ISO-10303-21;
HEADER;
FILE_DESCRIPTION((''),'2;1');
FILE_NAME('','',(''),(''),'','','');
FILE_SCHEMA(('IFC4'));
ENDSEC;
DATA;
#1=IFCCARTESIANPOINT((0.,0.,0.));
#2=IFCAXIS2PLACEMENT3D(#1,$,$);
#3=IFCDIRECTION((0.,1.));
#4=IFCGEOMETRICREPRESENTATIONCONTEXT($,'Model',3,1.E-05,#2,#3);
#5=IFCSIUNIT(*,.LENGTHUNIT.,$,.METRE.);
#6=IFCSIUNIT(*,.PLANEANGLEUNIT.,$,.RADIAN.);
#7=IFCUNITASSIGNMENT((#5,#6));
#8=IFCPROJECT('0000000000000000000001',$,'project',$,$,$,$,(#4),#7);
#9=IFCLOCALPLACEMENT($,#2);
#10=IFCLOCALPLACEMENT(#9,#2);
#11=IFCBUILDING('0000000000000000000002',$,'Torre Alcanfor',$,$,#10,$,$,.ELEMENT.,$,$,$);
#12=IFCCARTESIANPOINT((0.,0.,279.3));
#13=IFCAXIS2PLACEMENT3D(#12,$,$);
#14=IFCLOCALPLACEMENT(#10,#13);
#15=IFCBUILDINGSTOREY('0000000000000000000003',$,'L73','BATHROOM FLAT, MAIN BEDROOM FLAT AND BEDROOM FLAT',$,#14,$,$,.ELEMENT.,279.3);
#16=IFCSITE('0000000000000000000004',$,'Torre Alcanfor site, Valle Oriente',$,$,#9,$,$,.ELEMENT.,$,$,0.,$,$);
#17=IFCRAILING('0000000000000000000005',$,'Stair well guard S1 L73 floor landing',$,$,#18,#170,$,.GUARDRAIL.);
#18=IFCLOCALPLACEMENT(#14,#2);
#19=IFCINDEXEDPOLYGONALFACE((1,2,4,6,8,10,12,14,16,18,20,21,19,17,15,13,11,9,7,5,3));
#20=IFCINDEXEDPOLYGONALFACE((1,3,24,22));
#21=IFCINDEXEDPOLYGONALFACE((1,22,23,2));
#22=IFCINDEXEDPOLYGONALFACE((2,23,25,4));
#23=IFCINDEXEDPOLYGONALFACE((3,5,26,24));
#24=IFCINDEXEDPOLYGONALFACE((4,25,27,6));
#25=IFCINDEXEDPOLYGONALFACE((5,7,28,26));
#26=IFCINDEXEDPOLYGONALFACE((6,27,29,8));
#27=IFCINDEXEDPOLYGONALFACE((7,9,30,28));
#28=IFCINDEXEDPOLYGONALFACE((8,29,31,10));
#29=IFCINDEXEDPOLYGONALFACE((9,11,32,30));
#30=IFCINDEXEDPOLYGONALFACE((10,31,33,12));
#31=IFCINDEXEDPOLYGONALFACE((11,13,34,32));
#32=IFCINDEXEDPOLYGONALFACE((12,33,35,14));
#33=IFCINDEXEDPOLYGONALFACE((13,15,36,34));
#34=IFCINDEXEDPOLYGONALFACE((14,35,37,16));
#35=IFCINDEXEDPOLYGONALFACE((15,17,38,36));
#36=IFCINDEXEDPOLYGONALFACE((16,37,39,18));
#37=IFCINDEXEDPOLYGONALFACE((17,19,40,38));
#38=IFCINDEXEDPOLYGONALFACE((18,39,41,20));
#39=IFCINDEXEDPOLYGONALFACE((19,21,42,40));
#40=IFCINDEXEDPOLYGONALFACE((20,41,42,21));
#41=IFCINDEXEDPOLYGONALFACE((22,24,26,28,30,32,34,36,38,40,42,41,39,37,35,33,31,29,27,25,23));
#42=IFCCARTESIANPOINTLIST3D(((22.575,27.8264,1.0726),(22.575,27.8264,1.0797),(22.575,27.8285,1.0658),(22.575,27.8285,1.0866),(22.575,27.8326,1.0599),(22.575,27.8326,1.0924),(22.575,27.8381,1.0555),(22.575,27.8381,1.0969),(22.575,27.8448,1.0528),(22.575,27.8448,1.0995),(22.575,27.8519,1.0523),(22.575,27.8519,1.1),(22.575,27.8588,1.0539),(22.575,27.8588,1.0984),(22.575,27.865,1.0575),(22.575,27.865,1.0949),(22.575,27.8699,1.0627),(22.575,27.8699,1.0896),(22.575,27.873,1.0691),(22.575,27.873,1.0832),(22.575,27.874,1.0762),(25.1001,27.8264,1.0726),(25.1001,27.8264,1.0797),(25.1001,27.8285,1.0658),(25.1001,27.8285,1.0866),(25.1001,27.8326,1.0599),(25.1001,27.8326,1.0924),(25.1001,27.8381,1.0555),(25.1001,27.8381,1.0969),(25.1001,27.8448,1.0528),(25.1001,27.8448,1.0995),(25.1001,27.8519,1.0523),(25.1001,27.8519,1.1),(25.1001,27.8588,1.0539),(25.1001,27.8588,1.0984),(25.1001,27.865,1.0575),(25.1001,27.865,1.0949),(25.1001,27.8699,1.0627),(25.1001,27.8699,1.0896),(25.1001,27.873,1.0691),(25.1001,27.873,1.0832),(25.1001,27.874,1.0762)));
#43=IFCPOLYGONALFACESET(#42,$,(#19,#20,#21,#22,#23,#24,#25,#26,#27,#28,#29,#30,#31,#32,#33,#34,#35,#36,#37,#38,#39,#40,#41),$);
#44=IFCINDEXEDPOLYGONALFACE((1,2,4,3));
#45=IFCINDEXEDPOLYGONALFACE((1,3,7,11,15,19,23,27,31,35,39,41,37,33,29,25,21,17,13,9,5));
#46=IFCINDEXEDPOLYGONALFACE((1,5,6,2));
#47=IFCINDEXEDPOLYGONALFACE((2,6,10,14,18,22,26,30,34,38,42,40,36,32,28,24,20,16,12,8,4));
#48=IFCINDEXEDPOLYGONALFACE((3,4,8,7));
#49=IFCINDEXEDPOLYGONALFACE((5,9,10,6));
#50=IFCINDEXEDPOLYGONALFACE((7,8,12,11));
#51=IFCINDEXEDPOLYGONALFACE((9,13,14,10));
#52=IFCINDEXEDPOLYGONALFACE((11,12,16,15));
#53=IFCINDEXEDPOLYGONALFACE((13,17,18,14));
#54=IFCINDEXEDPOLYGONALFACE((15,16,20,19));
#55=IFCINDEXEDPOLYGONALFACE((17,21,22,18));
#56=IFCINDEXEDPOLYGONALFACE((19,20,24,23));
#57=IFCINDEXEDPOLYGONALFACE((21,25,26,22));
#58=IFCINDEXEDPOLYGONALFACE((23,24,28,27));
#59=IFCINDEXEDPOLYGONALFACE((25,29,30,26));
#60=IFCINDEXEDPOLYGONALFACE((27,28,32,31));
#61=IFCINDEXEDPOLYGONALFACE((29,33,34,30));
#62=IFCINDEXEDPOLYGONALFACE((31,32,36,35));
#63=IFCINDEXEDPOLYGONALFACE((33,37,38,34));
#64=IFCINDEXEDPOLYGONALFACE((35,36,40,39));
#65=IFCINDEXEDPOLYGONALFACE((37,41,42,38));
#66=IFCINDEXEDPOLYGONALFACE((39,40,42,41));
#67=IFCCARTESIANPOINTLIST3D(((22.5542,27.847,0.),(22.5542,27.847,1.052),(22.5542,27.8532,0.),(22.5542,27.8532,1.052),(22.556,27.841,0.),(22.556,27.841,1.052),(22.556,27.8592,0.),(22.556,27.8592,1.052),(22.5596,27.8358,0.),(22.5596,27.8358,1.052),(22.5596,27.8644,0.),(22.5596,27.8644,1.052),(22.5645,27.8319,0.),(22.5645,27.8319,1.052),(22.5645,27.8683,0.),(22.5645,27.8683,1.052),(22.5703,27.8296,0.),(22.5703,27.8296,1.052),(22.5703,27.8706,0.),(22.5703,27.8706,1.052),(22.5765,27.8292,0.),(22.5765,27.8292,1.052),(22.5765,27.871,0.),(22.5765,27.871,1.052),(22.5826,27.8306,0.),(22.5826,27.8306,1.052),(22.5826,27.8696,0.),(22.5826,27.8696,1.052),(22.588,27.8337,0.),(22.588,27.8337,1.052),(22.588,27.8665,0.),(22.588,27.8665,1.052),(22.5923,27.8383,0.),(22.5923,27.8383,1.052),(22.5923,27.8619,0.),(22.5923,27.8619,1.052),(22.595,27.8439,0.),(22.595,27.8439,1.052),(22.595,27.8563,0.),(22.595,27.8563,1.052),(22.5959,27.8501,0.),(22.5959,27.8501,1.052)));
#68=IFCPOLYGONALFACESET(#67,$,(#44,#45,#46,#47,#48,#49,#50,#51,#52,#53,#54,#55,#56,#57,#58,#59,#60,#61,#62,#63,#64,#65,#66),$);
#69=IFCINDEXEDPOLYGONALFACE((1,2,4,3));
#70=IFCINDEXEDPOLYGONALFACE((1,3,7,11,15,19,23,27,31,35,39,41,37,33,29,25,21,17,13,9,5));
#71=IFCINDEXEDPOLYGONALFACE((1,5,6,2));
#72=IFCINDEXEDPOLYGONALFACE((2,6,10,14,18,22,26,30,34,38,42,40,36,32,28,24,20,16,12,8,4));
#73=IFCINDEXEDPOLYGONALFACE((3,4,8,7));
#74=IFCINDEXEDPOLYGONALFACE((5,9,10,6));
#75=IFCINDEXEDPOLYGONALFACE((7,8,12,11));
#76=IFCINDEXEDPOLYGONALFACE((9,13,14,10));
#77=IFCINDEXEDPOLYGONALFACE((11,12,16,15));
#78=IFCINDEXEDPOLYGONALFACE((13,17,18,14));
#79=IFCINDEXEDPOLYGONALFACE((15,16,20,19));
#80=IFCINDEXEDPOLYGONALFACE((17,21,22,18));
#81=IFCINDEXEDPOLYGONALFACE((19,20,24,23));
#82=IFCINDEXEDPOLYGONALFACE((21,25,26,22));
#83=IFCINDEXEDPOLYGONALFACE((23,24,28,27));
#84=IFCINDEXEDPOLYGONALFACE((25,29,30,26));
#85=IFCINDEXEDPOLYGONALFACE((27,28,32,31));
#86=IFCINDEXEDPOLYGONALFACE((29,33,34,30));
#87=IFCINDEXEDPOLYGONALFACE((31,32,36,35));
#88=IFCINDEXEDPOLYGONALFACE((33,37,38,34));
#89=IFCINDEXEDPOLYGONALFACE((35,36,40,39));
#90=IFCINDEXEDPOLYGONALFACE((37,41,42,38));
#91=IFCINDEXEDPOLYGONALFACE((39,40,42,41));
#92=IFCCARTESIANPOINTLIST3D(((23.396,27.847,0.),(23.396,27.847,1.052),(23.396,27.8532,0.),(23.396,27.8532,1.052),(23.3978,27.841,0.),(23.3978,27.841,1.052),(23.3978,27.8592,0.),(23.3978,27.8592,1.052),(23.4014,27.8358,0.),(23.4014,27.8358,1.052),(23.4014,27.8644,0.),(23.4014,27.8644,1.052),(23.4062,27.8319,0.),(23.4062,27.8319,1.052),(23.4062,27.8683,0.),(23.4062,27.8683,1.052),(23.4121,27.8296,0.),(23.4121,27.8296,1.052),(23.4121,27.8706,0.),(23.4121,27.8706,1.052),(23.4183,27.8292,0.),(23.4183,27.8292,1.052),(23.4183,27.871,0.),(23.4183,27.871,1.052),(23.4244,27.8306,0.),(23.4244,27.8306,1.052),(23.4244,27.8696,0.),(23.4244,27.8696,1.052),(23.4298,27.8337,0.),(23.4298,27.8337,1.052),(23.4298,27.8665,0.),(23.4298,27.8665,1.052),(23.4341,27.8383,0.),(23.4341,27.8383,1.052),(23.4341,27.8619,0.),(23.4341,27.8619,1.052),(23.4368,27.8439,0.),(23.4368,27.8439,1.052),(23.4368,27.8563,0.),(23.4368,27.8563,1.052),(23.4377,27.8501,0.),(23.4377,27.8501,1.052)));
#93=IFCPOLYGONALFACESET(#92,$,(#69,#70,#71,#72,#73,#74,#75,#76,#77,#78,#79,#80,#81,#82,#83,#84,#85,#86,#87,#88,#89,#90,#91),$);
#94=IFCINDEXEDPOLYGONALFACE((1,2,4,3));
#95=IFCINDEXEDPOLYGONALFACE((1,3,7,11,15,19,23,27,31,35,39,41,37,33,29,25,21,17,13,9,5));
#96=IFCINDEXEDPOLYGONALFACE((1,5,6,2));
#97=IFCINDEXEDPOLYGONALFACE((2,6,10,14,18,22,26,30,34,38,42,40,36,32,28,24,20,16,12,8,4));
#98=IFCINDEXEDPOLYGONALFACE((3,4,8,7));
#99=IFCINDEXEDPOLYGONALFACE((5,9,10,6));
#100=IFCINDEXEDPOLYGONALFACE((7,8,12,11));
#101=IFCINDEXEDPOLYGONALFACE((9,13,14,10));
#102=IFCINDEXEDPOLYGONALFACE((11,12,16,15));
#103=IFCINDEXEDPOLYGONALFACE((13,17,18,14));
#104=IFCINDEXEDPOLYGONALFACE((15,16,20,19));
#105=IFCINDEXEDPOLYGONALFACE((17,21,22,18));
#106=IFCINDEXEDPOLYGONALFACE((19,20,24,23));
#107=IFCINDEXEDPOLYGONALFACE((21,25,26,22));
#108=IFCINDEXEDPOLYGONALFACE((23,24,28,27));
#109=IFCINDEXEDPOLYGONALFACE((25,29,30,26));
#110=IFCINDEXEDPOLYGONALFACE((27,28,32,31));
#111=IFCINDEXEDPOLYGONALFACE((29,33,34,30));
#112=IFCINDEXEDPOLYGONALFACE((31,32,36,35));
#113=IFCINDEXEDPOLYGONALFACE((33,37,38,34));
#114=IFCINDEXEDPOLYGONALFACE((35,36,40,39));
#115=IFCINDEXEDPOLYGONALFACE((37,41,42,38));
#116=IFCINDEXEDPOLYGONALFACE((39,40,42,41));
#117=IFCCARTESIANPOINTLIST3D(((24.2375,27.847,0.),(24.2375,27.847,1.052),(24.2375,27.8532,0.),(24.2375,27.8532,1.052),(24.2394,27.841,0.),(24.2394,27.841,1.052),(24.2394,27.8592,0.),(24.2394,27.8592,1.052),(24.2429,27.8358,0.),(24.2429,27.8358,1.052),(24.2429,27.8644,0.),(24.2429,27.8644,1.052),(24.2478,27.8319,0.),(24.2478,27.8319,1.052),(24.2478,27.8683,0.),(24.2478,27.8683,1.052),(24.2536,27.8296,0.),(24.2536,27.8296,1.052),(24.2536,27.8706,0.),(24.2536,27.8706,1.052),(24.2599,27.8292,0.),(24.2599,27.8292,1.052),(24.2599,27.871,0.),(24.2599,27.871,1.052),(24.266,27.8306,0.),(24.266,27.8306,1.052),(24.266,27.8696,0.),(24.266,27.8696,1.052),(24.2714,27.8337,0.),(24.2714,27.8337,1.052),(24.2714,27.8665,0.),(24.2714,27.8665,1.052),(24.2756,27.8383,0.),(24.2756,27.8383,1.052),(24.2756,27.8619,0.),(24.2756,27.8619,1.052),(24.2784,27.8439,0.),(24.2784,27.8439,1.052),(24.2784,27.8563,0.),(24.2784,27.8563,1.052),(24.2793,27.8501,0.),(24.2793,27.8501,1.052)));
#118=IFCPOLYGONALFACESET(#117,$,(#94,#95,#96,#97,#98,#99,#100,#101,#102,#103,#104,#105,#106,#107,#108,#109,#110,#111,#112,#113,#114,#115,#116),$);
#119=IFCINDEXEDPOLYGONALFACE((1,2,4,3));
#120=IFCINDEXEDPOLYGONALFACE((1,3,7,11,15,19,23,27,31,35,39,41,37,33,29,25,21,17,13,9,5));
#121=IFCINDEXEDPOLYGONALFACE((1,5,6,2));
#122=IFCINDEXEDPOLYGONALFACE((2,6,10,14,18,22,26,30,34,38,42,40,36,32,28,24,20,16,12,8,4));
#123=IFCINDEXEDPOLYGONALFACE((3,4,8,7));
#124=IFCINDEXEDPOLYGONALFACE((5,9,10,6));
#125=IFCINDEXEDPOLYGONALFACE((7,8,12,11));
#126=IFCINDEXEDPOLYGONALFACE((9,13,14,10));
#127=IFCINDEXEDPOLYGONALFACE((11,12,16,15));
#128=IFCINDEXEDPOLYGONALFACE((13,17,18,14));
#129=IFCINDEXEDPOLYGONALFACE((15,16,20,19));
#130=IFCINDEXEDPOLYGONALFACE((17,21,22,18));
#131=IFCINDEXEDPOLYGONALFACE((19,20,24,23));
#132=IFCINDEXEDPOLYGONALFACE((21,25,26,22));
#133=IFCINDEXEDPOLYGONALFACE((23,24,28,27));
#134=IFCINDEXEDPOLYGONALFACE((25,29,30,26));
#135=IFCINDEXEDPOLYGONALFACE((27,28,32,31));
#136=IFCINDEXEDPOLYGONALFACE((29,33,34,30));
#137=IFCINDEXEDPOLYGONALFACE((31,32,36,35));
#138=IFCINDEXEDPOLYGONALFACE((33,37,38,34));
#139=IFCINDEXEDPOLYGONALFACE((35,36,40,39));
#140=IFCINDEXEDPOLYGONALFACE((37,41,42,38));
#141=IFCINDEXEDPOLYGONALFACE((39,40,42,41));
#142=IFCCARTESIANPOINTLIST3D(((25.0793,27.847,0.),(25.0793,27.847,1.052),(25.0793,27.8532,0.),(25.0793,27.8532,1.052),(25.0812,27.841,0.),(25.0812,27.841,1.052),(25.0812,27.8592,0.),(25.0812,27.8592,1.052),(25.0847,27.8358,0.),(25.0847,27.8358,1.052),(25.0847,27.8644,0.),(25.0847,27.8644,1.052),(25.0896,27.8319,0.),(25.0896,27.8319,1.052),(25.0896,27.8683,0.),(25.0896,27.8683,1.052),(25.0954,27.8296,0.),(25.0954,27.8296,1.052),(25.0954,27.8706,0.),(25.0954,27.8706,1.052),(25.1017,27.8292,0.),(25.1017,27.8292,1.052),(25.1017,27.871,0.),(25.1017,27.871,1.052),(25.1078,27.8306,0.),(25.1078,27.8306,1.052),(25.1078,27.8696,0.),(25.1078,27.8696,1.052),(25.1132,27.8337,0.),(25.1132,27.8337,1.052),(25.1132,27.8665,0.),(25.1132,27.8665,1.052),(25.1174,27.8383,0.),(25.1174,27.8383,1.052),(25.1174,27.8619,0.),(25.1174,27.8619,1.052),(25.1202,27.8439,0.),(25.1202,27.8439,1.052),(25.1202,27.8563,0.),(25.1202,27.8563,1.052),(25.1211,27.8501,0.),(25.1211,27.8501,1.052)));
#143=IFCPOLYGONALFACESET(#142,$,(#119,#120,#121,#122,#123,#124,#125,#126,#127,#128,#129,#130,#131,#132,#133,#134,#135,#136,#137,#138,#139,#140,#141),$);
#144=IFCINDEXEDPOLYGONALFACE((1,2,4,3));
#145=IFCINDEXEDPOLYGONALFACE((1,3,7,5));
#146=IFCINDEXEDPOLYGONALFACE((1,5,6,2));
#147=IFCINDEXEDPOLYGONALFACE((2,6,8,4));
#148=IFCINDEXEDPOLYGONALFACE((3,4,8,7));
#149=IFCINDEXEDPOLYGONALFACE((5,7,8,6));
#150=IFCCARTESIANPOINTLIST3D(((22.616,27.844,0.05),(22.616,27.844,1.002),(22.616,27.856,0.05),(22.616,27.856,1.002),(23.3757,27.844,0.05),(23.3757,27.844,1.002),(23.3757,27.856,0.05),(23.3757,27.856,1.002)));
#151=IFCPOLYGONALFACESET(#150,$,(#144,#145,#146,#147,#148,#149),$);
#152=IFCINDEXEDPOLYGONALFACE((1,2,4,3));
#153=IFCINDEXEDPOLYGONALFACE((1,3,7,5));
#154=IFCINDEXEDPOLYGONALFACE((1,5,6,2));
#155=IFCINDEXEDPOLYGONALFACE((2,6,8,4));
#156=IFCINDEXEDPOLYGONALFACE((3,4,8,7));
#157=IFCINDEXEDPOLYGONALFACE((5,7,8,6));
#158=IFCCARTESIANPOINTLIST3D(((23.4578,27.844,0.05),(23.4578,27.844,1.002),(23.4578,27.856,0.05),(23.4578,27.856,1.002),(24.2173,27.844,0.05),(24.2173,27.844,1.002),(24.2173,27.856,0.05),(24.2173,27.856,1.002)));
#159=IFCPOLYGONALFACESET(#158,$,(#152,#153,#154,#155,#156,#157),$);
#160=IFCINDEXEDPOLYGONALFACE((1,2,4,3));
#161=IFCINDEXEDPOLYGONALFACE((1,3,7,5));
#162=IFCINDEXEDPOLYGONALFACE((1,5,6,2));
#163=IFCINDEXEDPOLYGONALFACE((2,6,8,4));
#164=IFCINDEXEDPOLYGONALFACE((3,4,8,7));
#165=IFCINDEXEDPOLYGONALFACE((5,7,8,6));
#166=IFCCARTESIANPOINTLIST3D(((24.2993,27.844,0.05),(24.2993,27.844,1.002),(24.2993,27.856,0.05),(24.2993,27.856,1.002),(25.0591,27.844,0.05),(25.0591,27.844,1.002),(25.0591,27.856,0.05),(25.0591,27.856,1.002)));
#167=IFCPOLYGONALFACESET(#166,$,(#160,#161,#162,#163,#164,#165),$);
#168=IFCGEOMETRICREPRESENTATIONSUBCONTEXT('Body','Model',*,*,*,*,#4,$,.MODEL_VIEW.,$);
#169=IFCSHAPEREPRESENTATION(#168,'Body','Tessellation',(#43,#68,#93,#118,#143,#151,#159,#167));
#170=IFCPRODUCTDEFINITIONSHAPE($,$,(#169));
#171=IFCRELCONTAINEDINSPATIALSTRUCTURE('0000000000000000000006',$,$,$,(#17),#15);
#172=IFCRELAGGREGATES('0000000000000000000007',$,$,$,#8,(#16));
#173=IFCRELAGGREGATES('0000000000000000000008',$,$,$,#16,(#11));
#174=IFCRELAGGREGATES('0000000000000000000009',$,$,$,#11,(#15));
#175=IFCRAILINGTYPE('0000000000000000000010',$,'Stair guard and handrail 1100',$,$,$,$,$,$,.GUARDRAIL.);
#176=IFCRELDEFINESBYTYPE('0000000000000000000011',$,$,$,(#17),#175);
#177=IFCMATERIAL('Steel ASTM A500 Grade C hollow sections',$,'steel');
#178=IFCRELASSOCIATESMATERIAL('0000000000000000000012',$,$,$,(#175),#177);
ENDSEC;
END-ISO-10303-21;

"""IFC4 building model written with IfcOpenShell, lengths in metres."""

from ifc_helpers import new_model, si_unit, direction, frame, origin, origin_2d, place, context, subcontext, project, spatial, polyline, circle, outline, extrude, material, type_object, element, save


model = new_model("IFC4")

# Units and contexts
model_context = context("Model", 3, precision=1e-05, world=origin(), true_north=direction((0.0, 1.0)))
body_context = subcontext(model_context, "Body", "Model", "MODEL_VIEW")
ifc_project = project(units=[si_unit("LENGTHUNIT", "METRE"), si_unit("PLANEANGLEUNIT", "RADIAN")], contexts=[model_context])

# Site, building, storey
site_placement = place(None, origin())
site = spatial("IfcSite", under=ifc_project, at=site_placement, Name="Torre Alcanfor site, Valle Oriente", CompositionType="ELEMENT", RefElevation=0.0)
building_placement = place(site_placement, origin())
building = spatial("IfcBuilding", under=site, at=building_placement, Name="Torre Alcanfor", CompositionType="ELEMENT")
storey_placement = place(building_placement, frame((0.0, 0.0, 279.3)))
storey = spatial("IfcBuildingStorey", under=building, at=storey_placement, Name="L73", Description="BATHROOM FLAT, MAIN BEDROOM FLAT AND BEDROOM FLAT", CompositionType="ELEMENT", Elevation=279.3)

# Railing
ifc_material_1 = material(Name="Steel ASTM A500 Grade C hollow sections", Category="steel")
railing_type_1 = type_object("IfcRailingType", Name="Stair guard and handrail 1100", PredefinedType="GUARDRAIL", material=ifc_material_1)
for number, where, name in (
    (1, (22.575, 27.8501, 0.0), "Stair well guard S1 L73 floor landing"),
):
    element("IfcRailing", number, at=place(storey_placement, frame(where)), inside=storey, type_object=railing_type_1, Name=name, PredefinedType="GUARDRAIL", context=body_context, shape_type="SweptSolid", body=[
        extrude(circle(Radius=0.0239, at=origin_2d()), frame((0.0, 0.0, 1.0762), z_axis=(1.0, 0.0, 0.0), x_axis=(0.0, 1.0, 0.0)), (0.0, 0.0, 1.0), 2.5251),
        extrude(circle(Radius=0.021, at=origin_2d()), origin(), (0.0, 0.0, 1.0), 1.052),
        extrude(circle(Radius=0.021, at=origin_2d()), frame((0.8418, 0.0, 0.0)), (0.0, 0.0, 1.0), 1.052),
        extrude(circle(Radius=0.021, at=origin_2d()), frame((1.6833, 0.0, 0.0)), (0.0, 0.0, 1.0), 1.052),
        extrude(circle(Radius=0.021, at=origin_2d()), frame((2.5251, 0.0, 0.0)), (0.0, 0.0, 1.0), 1.052),
        extrude(outline(polyline([(0.041, 0.05), (0.8008, 0.05), (0.8008, 1.002), (0.041, 1.002), (0.041, 0.05)])), frame((0.0, 0.0059, 0.0), z_axis=(0.0, -1.0, 0.0), x_axis=(1.0, 0.0, 0.0)), (0.0, 0.0, 1.0), 0.012),
        extrude(outline(polyline([(0.8828, 0.05), (1.6423, 0.05), (1.6423, 1.002), (0.8828, 1.002), (0.8828, 0.05)])), frame((0.0, 0.0059, 0.0), z_axis=(0.0, -1.0, 0.0), x_axis=(1.0, 0.0, 0.0)), (0.0, 0.0, 1.0), 0.012),
        extrude(outline(polyline([(1.7244, 0.05), (2.4841, 0.05), (2.4841, 1.002), (1.7244, 1.002), (1.7244, 0.05)])), frame((0.0, 0.0059, 0.0), z_axis=(0.0, -1.0, 0.0), x_axis=(1.0, 0.0, 0.0)), (0.0, 0.0, 1.0), 0.012),
    ])

save(model, "model.ifc")
